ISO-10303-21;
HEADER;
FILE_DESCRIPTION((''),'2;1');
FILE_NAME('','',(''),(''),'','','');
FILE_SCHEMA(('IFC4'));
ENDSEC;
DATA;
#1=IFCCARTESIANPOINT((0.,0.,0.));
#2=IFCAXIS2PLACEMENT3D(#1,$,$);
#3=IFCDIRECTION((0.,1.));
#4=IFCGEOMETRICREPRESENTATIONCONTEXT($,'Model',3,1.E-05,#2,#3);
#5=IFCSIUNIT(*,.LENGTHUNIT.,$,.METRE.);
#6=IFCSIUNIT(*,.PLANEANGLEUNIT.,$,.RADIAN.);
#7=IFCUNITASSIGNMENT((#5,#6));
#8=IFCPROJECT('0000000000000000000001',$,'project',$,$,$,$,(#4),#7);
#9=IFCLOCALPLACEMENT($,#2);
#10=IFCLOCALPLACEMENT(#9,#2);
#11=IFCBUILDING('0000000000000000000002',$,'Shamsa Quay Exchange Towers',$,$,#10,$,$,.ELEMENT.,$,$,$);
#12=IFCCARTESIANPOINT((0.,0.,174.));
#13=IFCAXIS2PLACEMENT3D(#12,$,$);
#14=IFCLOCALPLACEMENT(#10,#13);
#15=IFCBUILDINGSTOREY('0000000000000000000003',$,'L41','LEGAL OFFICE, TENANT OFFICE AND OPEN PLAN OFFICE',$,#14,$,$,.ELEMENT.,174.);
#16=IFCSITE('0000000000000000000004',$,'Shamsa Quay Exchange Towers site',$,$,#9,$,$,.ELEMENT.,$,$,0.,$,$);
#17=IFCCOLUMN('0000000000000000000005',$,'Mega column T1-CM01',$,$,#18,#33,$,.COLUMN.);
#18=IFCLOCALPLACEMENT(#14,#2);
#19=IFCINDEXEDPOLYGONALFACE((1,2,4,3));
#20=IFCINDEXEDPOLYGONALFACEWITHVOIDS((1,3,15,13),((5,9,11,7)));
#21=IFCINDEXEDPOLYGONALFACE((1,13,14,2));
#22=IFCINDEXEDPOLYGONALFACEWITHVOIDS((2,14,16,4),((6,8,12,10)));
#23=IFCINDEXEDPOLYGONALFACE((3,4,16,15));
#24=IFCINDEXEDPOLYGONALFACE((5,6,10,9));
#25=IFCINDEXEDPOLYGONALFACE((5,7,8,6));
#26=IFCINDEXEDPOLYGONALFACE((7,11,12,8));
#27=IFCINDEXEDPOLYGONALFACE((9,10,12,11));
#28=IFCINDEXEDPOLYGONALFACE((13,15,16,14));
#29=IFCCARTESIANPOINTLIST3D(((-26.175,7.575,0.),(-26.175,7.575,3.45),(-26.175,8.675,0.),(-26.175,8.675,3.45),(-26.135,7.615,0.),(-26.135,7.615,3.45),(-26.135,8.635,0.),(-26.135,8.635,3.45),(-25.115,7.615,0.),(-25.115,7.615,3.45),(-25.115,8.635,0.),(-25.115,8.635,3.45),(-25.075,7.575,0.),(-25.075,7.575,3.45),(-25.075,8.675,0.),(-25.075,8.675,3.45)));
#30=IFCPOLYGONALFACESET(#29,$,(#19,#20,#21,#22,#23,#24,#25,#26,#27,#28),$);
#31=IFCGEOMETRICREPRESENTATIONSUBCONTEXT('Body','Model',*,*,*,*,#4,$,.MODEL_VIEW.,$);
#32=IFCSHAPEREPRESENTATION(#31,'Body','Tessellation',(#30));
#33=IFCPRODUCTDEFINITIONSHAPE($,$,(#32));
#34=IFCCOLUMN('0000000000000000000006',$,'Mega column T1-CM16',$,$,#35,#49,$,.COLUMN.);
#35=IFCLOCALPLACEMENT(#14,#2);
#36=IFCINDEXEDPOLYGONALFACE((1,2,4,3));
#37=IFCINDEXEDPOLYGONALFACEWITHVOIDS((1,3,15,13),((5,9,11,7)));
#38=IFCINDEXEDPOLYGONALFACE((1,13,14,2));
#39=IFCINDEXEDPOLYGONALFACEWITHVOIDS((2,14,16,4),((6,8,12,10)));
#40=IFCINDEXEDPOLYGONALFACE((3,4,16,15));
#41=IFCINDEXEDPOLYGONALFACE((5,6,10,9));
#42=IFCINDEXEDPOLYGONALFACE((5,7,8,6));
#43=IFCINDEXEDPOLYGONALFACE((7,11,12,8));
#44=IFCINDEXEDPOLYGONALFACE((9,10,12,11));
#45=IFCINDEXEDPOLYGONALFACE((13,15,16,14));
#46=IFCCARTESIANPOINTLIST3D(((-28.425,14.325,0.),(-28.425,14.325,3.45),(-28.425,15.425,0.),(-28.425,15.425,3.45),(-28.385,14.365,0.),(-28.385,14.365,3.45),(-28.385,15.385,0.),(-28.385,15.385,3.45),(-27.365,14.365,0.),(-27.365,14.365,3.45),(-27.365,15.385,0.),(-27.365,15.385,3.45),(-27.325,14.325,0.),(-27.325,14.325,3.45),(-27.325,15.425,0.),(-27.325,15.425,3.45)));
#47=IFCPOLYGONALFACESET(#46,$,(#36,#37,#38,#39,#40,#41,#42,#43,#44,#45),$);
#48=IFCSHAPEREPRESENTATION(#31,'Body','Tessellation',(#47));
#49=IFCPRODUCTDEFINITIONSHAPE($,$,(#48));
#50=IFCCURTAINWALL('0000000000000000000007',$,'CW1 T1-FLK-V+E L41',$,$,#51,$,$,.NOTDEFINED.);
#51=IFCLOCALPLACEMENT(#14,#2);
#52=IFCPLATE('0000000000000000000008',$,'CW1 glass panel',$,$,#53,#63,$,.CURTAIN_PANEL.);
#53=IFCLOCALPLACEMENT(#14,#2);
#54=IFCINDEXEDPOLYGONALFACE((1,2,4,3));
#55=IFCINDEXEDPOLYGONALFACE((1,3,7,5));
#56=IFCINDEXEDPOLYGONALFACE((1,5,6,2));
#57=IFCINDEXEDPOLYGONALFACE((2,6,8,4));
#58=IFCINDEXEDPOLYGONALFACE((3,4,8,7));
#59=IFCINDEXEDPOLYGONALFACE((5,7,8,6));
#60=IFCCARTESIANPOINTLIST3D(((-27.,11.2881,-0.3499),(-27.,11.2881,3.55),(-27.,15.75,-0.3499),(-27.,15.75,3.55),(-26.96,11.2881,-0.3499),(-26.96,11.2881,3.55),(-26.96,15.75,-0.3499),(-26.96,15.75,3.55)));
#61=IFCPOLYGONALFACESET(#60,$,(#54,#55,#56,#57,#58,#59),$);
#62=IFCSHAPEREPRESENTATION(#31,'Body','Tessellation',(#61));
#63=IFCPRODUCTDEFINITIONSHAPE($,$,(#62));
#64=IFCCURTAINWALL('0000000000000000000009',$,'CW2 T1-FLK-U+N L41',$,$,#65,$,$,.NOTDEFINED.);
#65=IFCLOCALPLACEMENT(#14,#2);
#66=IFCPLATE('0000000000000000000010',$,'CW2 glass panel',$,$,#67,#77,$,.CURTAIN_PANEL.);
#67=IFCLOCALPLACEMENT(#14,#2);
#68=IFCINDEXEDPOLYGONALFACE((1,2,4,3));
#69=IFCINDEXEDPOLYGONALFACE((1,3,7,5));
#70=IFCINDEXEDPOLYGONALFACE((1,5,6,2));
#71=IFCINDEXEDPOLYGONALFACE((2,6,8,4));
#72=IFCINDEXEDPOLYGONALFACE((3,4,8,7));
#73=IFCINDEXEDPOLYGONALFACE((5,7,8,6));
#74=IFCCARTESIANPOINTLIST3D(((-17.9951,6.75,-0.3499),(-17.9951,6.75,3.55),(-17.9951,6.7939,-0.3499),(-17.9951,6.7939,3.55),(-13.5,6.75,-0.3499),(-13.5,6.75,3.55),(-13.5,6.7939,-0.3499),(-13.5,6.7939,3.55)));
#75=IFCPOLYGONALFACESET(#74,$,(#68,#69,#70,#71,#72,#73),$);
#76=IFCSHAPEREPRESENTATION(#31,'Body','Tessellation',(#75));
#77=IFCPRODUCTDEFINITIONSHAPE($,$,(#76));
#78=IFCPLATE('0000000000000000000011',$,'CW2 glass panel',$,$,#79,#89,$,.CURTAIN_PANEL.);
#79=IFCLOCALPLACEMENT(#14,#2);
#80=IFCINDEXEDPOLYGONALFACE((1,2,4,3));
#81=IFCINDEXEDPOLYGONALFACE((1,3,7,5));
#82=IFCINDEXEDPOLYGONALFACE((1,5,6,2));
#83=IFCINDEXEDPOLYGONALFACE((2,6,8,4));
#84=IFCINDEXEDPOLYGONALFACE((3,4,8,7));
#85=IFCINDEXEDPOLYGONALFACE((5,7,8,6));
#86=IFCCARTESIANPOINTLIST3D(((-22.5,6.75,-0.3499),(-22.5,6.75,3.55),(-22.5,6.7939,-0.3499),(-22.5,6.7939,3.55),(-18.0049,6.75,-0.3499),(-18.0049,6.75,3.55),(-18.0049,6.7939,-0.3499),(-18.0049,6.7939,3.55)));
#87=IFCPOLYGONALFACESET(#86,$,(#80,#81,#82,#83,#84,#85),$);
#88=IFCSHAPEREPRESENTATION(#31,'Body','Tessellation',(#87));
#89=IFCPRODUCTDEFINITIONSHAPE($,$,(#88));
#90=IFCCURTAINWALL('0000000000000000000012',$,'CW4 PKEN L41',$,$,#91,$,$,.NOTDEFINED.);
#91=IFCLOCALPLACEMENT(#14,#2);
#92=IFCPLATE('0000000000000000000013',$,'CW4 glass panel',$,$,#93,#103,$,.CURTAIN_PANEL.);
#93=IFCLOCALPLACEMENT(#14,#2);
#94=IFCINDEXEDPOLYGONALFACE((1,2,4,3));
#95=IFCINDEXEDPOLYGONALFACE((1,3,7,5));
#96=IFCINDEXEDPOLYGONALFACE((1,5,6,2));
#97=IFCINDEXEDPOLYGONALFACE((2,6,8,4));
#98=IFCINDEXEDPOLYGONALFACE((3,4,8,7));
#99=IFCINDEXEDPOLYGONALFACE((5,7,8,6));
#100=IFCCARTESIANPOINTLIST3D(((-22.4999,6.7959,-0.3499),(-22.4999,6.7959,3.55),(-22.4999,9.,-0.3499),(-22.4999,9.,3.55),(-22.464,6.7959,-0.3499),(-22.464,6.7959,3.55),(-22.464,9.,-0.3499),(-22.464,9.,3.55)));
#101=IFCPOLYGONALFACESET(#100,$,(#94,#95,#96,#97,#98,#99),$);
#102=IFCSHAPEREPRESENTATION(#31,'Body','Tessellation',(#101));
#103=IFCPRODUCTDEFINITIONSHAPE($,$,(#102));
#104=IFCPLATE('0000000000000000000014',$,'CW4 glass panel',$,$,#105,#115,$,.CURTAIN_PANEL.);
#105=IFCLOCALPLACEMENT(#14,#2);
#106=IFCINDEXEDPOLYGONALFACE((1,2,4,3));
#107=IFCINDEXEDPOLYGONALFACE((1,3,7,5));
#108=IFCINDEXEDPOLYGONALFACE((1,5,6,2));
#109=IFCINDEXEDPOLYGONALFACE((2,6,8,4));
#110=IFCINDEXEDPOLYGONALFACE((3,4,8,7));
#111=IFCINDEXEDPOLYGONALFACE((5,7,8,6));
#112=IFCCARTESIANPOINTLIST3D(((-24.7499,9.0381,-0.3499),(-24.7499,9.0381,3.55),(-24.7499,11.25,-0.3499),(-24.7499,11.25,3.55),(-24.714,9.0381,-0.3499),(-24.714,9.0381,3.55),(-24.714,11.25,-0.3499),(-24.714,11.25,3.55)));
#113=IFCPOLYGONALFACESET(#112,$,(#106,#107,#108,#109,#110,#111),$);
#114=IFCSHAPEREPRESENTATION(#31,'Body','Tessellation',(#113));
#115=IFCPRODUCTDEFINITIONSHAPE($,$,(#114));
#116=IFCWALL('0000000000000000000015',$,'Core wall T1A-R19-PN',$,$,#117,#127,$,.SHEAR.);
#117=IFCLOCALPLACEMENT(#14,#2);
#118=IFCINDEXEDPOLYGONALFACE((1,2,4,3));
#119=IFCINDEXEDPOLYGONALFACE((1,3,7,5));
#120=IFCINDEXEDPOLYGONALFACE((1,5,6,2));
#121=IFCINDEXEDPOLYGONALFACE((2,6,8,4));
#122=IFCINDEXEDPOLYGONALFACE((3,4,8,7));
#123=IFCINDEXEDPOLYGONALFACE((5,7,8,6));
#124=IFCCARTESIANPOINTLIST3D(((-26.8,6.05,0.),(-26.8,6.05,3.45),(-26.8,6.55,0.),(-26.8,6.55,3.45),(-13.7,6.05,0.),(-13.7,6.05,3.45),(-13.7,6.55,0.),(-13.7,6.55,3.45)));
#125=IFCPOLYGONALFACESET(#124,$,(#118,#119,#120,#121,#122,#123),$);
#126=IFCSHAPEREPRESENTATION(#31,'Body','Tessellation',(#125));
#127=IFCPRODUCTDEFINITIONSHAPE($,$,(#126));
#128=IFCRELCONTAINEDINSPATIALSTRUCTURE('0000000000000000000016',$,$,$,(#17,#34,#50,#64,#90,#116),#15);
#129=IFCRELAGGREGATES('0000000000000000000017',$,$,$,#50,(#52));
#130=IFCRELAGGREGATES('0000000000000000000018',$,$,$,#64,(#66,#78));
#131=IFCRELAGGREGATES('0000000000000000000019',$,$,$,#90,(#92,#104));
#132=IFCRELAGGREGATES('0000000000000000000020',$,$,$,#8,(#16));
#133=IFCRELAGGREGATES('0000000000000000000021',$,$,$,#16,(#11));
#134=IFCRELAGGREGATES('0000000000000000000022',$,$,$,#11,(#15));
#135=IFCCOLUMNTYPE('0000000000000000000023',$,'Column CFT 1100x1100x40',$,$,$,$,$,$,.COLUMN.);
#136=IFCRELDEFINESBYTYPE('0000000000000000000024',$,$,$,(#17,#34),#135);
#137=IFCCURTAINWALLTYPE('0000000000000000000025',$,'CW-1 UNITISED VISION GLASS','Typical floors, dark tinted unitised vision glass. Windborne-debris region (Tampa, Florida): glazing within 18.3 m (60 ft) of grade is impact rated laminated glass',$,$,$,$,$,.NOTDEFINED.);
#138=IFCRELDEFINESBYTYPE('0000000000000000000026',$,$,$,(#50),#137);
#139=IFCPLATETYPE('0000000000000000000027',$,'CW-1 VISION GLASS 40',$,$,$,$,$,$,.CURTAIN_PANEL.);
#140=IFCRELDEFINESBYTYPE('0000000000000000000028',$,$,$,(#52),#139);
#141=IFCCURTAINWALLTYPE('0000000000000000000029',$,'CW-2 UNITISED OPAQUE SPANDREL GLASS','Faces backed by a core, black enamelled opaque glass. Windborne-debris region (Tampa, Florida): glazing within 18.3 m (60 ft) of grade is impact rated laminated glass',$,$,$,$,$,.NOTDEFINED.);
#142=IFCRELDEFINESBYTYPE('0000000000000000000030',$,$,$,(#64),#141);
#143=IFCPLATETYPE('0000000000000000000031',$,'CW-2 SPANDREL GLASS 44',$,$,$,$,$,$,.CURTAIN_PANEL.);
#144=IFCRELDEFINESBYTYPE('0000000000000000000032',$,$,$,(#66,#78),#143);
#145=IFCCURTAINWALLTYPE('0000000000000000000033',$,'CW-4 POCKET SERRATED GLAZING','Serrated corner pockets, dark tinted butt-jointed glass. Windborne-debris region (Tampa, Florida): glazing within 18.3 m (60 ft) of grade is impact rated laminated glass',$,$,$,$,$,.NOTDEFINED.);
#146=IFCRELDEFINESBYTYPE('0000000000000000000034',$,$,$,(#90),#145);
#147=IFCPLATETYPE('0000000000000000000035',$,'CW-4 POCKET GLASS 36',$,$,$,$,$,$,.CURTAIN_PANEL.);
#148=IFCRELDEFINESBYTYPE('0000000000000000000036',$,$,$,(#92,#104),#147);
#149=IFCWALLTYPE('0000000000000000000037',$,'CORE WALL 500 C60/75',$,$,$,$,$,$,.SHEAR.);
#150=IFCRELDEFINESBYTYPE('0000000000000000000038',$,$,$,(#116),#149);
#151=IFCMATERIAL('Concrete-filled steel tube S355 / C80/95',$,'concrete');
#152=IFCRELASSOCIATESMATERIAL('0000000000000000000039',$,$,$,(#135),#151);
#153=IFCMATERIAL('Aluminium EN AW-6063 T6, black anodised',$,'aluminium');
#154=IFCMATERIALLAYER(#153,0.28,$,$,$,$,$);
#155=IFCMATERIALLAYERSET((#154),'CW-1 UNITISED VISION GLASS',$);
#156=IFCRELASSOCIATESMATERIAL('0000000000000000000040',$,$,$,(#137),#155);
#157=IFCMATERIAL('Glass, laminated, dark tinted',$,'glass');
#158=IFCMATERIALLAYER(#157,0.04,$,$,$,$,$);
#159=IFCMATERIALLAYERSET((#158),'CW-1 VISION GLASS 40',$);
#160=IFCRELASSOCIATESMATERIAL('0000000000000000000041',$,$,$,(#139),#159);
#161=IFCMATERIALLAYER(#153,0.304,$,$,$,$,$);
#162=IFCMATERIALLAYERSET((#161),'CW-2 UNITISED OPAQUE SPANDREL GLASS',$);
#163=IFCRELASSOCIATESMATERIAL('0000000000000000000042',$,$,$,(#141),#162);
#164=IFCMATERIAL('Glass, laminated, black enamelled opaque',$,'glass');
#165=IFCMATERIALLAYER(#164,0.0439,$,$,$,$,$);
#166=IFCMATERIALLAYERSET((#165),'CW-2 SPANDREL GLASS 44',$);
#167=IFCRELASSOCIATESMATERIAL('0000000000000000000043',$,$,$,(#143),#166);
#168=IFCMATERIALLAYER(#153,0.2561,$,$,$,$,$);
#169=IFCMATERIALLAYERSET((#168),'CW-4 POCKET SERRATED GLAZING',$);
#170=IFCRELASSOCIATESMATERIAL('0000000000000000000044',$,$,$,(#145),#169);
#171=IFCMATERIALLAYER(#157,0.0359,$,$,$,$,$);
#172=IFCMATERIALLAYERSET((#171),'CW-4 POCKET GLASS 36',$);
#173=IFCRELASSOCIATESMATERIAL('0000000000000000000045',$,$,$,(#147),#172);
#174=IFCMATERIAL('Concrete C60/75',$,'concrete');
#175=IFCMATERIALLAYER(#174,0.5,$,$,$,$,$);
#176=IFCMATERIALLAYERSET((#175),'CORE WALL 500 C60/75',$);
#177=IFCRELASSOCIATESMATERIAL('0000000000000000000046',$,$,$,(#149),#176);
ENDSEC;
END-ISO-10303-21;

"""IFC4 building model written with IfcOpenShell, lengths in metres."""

from ifc_helpers import new_model, si_unit, direction, frame, frame_2d, origin, origin_2d, place, context, subcontext, project, spatial, rectangle, hollow_rectangle, extrude, material, layer, layer_set, material_profile, profile_set, type_object, element, aggregate, save


model = new_model("IFC4")

# Units and contexts
model_context = context("Model", 3, precision=1e-05, world=origin(), true_north=direction((0.0, 1.0)))
body_context = subcontext(model_context, "Body", "Model", "MODEL_VIEW")
ifc_project = project(units=[si_unit("LENGTHUNIT", "METRE"), si_unit("PLANEANGLEUNIT", "RADIAN")], contexts=[model_context])

# Site, building, storey
site_placement = place(None, origin())
site = spatial("IfcSite", under=ifc_project, at=site_placement, Name="Shamsa Quay Exchange Towers site", CompositionType="ELEMENT", RefElevation=0.0)
building_placement = place(site_placement, origin())
building = spatial("IfcBuilding", under=site, at=building_placement, Name="Shamsa Quay Exchange Towers", CompositionType="ELEMENT")
storey_placement = place(building_placement, frame((0.0, 0.0, 174.0)))
storey = spatial("IfcBuildingStorey", under=building, at=storey_placement, Name="L41", Description="LEGAL OFFICE, TENANT OFFICE AND OPEN PLAN OFFICE", CompositionType="ELEMENT", Elevation=174.0)

# Columns
ifc_material_1 = material(Name="Concrete-filled steel tube S355 / C80/95", Category="concrete")
ifc_material_profile = material_profile(ifc_material_1, hollow_rectangle(XDim=1.1001, YDim=1.1001, WallThickness=0.04, at=origin_2d()), Name="CFT 1100x1100x40")
ifc_profile_set = profile_set([ifc_material_profile], Name="Concrete-filled steel tube S355 / C80/95")
column_type = type_object("IfcColumnType", Name="Column CFT 1100x1100x40", PredefinedType="COLUMN", material=ifc_profile_set)
for number, where, name in (
    (1, (-25.625, 8.125, 0.0), "Mega column T1-CM01"),
    (2, (-27.875, 14.875, 0.0), "Mega column T1-CM16"),
):
    element("IfcColumn", number, at=place(storey_placement, frame(where)), inside=storey, type_object=column_type, Name=name, PredefinedType="COLUMN", context=body_context, shape_type="SweptSolid", body=[
        extrude(hollow_rectangle(XDim=1.1001, YDim=1.1001, WallThickness=0.04, at=origin_2d()), origin(), (0.0, 0.0, 1.0), 3.45),
    ])

# Curtain wall, plate
ifc_material_2 = material(Name="Aluminium EN AW-6063 T6, black anodised", Category="aluminium")
ifc_layer_1 = layer(ifc_material_2, 0.28)
ifc_layer_set_1 = layer_set([ifc_layer_1], Name="CW-1 UNITISED VISION GLASS")
curtain_wall_type_1 = type_object("IfcCurtainWallType", Name="CW-1 UNITISED VISION GLASS", Description="Typical floors, dark tinted unitised vision glass. Windborne-debris region (Tampa, Florida): glazing within 18.3 m (60 ft) of grade is impact rated laminated glass", PredefinedType="NOTDEFINED", material=ifc_layer_set_1)
curtain_wall_1_placement = place(storey_placement, origin())
curtain_wall_1 = element("IfcCurtainWall", 3, at=curtain_wall_1_placement, inside=storey, type_object=curtain_wall_type_1, Name="CW1 T1-FLK-V+E L41", PredefinedType="NOTDEFINED")
ifc_material_3 = material(Name="Glass, laminated, dark tinted", Category="glass")
ifc_layer_2 = layer(ifc_material_3, 0.04)
ifc_layer_set_2 = layer_set([ifc_layer_2], Name="CW-1 VISION GLASS 40")
plate_type_1 = type_object("IfcPlateType", Name="CW-1 VISION GLASS 40", PredefinedType="CURTAIN_PANEL", material=ifc_layer_set_2)
plate_1_placement = place(storey_placement, frame((-26.98, 13.519, -0.3499), z_axis=(0.0, 0.0, 1.0), x_axis=(0.0, 1.0, 0.0)))
plate_1 = element("IfcPlate", 4, at=plate_1_placement, type_object=plate_type_1, Name="CW1 glass panel", PredefinedType="CURTAIN_PANEL", context=body_context, shape_type="SweptSolid", body=[
    extrude(rectangle(XDim=4.4619, YDim=0.04, at=origin_2d()), origin(), (0.0, 0.0, 1.0), 3.8999),
])
aggregate(curtain_wall_1, [plate_1])

# Curtain walls, plates
ifc_layer_3 = layer(ifc_material_2, 0.304)
ifc_layer_set_3 = layer_set([ifc_layer_3], Name="CW-2 UNITISED OPAQUE SPANDREL GLASS")
curtain_wall_type_2 = type_object("IfcCurtainWallType", Name="CW-2 UNITISED OPAQUE SPANDREL GLASS", Description="Faces backed by a core, black enamelled opaque glass. Windborne-debris region (Tampa, Florida): glazing within 18.3 m (60 ft) of grade is impact rated laminated glass", PredefinedType="NOTDEFINED", material=ifc_layer_set_3)
curtain_wall_2_placement = place(storey_placement, origin())
curtain_wall_2 = element("IfcCurtainWall", 5, at=curtain_wall_2_placement, inside=storey, type_object=curtain_wall_type_2, Name="CW2 T1-FLK-U+N L41", PredefinedType="NOTDEFINED")
ifc_material_4 = material(Name="Glass, laminated, black enamelled opaque", Category="glass")
ifc_layer_4 = layer(ifc_material_4, 0.0439)
ifc_layer_set_4 = layer_set([ifc_layer_4], Name="CW-2 SPANDREL GLASS 44")
plate_type_2 = type_object("IfcPlateType", Name="CW-2 SPANDREL GLASS 44", PredefinedType="CURTAIN_PANEL", material=ifc_layer_set_4)
plate_2_placement = place(storey_placement, frame((-15.7476, 6.772, -0.3499), z_axis=(0.0, 0.0, 1.0), x_axis=(-1.0, 0.0, 0.0)))
plate_2 = element("IfcPlate", 6, at=plate_2_placement, type_object=plate_type_2, Name="CW2 glass panel", PredefinedType="CURTAIN_PANEL", context=body_context, shape_type="SweptSolid", body=[
    extrude(rectangle(XDim=4.4951, YDim=0.0439, at=origin_2d()), origin(), (0.0, 0.0, 1.0), 3.8999),
])
plate_3_placement = place(storey_placement, frame((-20.2524, 6.772, -0.3499), z_axis=(0.0, 0.0, 1.0), x_axis=(-1.0, 0.0, 0.0)))
plate_3 = element("IfcPlate", 7, at=plate_3_placement, type_object=plate_type_2, Name="CW2 glass panel", PredefinedType="CURTAIN_PANEL", context=body_context, shape_type="SweptSolid", body=[
    extrude(rectangle(XDim=4.4951, YDim=0.0439, at=origin_2d()), origin(), (0.0, 0.0, 1.0), 3.8999),
])
aggregate(curtain_wall_2, [plate_2, plate_3])
ifc_layer_5 = layer(ifc_material_2, 0.2561)
ifc_layer_set_5 = layer_set([ifc_layer_5], Name="CW-4 POCKET SERRATED GLAZING")
curtain_wall_type_3 = type_object("IfcCurtainWallType", Name="CW-4 POCKET SERRATED GLAZING", Description="Serrated corner pockets, dark tinted butt-jointed glass. Windborne-debris region (Tampa, Florida): glazing within 18.3 m (60 ft) of grade is impact rated laminated glass", PredefinedType="NOTDEFINED", material=ifc_layer_set_5)
curtain_wall_3_placement = place(storey_placement, origin())
curtain_wall_3 = element("IfcCurtainWall", 8, at=curtain_wall_3_placement, inside=storey, type_object=curtain_wall_type_3, Name="CW4 PKEN L41", PredefinedType="NOTDEFINED")
ifc_layer_6 = layer(ifc_material_3, 0.0359)
ifc_layer_set_6 = layer_set([ifc_layer_6], Name="CW-4 POCKET GLASS 36")
plate_type_3 = type_object("IfcPlateType", Name="CW-4 POCKET GLASS 36", PredefinedType="CURTAIN_PANEL", material=ifc_layer_set_6)
plate_4_placement = place(storey_placement, frame((-22.4819, 7.8979, -0.3499), z_axis=(0.0, 0.0, 1.0), x_axis=(0.0, 1.0, 0.0)))
plate_4 = element("IfcPlate", 9, at=plate_4_placement, type_object=plate_type_3, Name="CW4 glass panel", PredefinedType="CURTAIN_PANEL", context=body_context, shape_type="SweptSolid", body=[
    extrude(rectangle(XDim=2.2041, YDim=0.0359, at=origin_2d()), origin(), (0.0, 0.0, 1.0), 3.8999),
])
plate_5_placement = place(storey_placement, frame((-24.7319, 10.144, -0.3499), z_axis=(0.0, 0.0, 1.0), x_axis=(0.0, 1.0, 0.0)))
plate_5 = element("IfcPlate", 10, at=plate_5_placement, type_object=plate_type_3, Name="CW4 glass panel", PredefinedType="CURTAIN_PANEL", context=body_context, shape_type="SweptSolid", body=[
    extrude(rectangle(XDim=2.2119, YDim=0.0359, at=origin_2d()), origin(), (0.0, 0.0, 1.0), 3.8999),
])
aggregate(curtain_wall_3, [plate_4, plate_5])

# Wall
ifc_material_5 = material(Name="Concrete C60/75", Category="concrete")
ifc_layer_7 = layer(ifc_material_5, 0.5)
ifc_layer_set_7 = layer_set([ifc_layer_7], Name="CORE WALL 500 C60/75")
wall_type_1 = type_object("IfcWallType", Name="CORE WALL 500 C60/75", PredefinedType="SHEAR", material=ifc_layer_set_7)
wall_1_placement = place(storey_placement, frame((-26.8, 6.3, 0.0)))
element("IfcWall", 11, at=wall_1_placement, inside=storey, type_object=wall_type_1, Name="Core wall T1A-R19-PN", PredefinedType="SHEAR", context=body_context, shape_type="SweptSolid", body=[
    extrude(rectangle(XDim=13.1001, YDim=0.5, at=frame_2d((6.55, 0.0))), origin(), (0.0, 0.0, 1.0), 3.45),
])

save(model, "model.ifc")
